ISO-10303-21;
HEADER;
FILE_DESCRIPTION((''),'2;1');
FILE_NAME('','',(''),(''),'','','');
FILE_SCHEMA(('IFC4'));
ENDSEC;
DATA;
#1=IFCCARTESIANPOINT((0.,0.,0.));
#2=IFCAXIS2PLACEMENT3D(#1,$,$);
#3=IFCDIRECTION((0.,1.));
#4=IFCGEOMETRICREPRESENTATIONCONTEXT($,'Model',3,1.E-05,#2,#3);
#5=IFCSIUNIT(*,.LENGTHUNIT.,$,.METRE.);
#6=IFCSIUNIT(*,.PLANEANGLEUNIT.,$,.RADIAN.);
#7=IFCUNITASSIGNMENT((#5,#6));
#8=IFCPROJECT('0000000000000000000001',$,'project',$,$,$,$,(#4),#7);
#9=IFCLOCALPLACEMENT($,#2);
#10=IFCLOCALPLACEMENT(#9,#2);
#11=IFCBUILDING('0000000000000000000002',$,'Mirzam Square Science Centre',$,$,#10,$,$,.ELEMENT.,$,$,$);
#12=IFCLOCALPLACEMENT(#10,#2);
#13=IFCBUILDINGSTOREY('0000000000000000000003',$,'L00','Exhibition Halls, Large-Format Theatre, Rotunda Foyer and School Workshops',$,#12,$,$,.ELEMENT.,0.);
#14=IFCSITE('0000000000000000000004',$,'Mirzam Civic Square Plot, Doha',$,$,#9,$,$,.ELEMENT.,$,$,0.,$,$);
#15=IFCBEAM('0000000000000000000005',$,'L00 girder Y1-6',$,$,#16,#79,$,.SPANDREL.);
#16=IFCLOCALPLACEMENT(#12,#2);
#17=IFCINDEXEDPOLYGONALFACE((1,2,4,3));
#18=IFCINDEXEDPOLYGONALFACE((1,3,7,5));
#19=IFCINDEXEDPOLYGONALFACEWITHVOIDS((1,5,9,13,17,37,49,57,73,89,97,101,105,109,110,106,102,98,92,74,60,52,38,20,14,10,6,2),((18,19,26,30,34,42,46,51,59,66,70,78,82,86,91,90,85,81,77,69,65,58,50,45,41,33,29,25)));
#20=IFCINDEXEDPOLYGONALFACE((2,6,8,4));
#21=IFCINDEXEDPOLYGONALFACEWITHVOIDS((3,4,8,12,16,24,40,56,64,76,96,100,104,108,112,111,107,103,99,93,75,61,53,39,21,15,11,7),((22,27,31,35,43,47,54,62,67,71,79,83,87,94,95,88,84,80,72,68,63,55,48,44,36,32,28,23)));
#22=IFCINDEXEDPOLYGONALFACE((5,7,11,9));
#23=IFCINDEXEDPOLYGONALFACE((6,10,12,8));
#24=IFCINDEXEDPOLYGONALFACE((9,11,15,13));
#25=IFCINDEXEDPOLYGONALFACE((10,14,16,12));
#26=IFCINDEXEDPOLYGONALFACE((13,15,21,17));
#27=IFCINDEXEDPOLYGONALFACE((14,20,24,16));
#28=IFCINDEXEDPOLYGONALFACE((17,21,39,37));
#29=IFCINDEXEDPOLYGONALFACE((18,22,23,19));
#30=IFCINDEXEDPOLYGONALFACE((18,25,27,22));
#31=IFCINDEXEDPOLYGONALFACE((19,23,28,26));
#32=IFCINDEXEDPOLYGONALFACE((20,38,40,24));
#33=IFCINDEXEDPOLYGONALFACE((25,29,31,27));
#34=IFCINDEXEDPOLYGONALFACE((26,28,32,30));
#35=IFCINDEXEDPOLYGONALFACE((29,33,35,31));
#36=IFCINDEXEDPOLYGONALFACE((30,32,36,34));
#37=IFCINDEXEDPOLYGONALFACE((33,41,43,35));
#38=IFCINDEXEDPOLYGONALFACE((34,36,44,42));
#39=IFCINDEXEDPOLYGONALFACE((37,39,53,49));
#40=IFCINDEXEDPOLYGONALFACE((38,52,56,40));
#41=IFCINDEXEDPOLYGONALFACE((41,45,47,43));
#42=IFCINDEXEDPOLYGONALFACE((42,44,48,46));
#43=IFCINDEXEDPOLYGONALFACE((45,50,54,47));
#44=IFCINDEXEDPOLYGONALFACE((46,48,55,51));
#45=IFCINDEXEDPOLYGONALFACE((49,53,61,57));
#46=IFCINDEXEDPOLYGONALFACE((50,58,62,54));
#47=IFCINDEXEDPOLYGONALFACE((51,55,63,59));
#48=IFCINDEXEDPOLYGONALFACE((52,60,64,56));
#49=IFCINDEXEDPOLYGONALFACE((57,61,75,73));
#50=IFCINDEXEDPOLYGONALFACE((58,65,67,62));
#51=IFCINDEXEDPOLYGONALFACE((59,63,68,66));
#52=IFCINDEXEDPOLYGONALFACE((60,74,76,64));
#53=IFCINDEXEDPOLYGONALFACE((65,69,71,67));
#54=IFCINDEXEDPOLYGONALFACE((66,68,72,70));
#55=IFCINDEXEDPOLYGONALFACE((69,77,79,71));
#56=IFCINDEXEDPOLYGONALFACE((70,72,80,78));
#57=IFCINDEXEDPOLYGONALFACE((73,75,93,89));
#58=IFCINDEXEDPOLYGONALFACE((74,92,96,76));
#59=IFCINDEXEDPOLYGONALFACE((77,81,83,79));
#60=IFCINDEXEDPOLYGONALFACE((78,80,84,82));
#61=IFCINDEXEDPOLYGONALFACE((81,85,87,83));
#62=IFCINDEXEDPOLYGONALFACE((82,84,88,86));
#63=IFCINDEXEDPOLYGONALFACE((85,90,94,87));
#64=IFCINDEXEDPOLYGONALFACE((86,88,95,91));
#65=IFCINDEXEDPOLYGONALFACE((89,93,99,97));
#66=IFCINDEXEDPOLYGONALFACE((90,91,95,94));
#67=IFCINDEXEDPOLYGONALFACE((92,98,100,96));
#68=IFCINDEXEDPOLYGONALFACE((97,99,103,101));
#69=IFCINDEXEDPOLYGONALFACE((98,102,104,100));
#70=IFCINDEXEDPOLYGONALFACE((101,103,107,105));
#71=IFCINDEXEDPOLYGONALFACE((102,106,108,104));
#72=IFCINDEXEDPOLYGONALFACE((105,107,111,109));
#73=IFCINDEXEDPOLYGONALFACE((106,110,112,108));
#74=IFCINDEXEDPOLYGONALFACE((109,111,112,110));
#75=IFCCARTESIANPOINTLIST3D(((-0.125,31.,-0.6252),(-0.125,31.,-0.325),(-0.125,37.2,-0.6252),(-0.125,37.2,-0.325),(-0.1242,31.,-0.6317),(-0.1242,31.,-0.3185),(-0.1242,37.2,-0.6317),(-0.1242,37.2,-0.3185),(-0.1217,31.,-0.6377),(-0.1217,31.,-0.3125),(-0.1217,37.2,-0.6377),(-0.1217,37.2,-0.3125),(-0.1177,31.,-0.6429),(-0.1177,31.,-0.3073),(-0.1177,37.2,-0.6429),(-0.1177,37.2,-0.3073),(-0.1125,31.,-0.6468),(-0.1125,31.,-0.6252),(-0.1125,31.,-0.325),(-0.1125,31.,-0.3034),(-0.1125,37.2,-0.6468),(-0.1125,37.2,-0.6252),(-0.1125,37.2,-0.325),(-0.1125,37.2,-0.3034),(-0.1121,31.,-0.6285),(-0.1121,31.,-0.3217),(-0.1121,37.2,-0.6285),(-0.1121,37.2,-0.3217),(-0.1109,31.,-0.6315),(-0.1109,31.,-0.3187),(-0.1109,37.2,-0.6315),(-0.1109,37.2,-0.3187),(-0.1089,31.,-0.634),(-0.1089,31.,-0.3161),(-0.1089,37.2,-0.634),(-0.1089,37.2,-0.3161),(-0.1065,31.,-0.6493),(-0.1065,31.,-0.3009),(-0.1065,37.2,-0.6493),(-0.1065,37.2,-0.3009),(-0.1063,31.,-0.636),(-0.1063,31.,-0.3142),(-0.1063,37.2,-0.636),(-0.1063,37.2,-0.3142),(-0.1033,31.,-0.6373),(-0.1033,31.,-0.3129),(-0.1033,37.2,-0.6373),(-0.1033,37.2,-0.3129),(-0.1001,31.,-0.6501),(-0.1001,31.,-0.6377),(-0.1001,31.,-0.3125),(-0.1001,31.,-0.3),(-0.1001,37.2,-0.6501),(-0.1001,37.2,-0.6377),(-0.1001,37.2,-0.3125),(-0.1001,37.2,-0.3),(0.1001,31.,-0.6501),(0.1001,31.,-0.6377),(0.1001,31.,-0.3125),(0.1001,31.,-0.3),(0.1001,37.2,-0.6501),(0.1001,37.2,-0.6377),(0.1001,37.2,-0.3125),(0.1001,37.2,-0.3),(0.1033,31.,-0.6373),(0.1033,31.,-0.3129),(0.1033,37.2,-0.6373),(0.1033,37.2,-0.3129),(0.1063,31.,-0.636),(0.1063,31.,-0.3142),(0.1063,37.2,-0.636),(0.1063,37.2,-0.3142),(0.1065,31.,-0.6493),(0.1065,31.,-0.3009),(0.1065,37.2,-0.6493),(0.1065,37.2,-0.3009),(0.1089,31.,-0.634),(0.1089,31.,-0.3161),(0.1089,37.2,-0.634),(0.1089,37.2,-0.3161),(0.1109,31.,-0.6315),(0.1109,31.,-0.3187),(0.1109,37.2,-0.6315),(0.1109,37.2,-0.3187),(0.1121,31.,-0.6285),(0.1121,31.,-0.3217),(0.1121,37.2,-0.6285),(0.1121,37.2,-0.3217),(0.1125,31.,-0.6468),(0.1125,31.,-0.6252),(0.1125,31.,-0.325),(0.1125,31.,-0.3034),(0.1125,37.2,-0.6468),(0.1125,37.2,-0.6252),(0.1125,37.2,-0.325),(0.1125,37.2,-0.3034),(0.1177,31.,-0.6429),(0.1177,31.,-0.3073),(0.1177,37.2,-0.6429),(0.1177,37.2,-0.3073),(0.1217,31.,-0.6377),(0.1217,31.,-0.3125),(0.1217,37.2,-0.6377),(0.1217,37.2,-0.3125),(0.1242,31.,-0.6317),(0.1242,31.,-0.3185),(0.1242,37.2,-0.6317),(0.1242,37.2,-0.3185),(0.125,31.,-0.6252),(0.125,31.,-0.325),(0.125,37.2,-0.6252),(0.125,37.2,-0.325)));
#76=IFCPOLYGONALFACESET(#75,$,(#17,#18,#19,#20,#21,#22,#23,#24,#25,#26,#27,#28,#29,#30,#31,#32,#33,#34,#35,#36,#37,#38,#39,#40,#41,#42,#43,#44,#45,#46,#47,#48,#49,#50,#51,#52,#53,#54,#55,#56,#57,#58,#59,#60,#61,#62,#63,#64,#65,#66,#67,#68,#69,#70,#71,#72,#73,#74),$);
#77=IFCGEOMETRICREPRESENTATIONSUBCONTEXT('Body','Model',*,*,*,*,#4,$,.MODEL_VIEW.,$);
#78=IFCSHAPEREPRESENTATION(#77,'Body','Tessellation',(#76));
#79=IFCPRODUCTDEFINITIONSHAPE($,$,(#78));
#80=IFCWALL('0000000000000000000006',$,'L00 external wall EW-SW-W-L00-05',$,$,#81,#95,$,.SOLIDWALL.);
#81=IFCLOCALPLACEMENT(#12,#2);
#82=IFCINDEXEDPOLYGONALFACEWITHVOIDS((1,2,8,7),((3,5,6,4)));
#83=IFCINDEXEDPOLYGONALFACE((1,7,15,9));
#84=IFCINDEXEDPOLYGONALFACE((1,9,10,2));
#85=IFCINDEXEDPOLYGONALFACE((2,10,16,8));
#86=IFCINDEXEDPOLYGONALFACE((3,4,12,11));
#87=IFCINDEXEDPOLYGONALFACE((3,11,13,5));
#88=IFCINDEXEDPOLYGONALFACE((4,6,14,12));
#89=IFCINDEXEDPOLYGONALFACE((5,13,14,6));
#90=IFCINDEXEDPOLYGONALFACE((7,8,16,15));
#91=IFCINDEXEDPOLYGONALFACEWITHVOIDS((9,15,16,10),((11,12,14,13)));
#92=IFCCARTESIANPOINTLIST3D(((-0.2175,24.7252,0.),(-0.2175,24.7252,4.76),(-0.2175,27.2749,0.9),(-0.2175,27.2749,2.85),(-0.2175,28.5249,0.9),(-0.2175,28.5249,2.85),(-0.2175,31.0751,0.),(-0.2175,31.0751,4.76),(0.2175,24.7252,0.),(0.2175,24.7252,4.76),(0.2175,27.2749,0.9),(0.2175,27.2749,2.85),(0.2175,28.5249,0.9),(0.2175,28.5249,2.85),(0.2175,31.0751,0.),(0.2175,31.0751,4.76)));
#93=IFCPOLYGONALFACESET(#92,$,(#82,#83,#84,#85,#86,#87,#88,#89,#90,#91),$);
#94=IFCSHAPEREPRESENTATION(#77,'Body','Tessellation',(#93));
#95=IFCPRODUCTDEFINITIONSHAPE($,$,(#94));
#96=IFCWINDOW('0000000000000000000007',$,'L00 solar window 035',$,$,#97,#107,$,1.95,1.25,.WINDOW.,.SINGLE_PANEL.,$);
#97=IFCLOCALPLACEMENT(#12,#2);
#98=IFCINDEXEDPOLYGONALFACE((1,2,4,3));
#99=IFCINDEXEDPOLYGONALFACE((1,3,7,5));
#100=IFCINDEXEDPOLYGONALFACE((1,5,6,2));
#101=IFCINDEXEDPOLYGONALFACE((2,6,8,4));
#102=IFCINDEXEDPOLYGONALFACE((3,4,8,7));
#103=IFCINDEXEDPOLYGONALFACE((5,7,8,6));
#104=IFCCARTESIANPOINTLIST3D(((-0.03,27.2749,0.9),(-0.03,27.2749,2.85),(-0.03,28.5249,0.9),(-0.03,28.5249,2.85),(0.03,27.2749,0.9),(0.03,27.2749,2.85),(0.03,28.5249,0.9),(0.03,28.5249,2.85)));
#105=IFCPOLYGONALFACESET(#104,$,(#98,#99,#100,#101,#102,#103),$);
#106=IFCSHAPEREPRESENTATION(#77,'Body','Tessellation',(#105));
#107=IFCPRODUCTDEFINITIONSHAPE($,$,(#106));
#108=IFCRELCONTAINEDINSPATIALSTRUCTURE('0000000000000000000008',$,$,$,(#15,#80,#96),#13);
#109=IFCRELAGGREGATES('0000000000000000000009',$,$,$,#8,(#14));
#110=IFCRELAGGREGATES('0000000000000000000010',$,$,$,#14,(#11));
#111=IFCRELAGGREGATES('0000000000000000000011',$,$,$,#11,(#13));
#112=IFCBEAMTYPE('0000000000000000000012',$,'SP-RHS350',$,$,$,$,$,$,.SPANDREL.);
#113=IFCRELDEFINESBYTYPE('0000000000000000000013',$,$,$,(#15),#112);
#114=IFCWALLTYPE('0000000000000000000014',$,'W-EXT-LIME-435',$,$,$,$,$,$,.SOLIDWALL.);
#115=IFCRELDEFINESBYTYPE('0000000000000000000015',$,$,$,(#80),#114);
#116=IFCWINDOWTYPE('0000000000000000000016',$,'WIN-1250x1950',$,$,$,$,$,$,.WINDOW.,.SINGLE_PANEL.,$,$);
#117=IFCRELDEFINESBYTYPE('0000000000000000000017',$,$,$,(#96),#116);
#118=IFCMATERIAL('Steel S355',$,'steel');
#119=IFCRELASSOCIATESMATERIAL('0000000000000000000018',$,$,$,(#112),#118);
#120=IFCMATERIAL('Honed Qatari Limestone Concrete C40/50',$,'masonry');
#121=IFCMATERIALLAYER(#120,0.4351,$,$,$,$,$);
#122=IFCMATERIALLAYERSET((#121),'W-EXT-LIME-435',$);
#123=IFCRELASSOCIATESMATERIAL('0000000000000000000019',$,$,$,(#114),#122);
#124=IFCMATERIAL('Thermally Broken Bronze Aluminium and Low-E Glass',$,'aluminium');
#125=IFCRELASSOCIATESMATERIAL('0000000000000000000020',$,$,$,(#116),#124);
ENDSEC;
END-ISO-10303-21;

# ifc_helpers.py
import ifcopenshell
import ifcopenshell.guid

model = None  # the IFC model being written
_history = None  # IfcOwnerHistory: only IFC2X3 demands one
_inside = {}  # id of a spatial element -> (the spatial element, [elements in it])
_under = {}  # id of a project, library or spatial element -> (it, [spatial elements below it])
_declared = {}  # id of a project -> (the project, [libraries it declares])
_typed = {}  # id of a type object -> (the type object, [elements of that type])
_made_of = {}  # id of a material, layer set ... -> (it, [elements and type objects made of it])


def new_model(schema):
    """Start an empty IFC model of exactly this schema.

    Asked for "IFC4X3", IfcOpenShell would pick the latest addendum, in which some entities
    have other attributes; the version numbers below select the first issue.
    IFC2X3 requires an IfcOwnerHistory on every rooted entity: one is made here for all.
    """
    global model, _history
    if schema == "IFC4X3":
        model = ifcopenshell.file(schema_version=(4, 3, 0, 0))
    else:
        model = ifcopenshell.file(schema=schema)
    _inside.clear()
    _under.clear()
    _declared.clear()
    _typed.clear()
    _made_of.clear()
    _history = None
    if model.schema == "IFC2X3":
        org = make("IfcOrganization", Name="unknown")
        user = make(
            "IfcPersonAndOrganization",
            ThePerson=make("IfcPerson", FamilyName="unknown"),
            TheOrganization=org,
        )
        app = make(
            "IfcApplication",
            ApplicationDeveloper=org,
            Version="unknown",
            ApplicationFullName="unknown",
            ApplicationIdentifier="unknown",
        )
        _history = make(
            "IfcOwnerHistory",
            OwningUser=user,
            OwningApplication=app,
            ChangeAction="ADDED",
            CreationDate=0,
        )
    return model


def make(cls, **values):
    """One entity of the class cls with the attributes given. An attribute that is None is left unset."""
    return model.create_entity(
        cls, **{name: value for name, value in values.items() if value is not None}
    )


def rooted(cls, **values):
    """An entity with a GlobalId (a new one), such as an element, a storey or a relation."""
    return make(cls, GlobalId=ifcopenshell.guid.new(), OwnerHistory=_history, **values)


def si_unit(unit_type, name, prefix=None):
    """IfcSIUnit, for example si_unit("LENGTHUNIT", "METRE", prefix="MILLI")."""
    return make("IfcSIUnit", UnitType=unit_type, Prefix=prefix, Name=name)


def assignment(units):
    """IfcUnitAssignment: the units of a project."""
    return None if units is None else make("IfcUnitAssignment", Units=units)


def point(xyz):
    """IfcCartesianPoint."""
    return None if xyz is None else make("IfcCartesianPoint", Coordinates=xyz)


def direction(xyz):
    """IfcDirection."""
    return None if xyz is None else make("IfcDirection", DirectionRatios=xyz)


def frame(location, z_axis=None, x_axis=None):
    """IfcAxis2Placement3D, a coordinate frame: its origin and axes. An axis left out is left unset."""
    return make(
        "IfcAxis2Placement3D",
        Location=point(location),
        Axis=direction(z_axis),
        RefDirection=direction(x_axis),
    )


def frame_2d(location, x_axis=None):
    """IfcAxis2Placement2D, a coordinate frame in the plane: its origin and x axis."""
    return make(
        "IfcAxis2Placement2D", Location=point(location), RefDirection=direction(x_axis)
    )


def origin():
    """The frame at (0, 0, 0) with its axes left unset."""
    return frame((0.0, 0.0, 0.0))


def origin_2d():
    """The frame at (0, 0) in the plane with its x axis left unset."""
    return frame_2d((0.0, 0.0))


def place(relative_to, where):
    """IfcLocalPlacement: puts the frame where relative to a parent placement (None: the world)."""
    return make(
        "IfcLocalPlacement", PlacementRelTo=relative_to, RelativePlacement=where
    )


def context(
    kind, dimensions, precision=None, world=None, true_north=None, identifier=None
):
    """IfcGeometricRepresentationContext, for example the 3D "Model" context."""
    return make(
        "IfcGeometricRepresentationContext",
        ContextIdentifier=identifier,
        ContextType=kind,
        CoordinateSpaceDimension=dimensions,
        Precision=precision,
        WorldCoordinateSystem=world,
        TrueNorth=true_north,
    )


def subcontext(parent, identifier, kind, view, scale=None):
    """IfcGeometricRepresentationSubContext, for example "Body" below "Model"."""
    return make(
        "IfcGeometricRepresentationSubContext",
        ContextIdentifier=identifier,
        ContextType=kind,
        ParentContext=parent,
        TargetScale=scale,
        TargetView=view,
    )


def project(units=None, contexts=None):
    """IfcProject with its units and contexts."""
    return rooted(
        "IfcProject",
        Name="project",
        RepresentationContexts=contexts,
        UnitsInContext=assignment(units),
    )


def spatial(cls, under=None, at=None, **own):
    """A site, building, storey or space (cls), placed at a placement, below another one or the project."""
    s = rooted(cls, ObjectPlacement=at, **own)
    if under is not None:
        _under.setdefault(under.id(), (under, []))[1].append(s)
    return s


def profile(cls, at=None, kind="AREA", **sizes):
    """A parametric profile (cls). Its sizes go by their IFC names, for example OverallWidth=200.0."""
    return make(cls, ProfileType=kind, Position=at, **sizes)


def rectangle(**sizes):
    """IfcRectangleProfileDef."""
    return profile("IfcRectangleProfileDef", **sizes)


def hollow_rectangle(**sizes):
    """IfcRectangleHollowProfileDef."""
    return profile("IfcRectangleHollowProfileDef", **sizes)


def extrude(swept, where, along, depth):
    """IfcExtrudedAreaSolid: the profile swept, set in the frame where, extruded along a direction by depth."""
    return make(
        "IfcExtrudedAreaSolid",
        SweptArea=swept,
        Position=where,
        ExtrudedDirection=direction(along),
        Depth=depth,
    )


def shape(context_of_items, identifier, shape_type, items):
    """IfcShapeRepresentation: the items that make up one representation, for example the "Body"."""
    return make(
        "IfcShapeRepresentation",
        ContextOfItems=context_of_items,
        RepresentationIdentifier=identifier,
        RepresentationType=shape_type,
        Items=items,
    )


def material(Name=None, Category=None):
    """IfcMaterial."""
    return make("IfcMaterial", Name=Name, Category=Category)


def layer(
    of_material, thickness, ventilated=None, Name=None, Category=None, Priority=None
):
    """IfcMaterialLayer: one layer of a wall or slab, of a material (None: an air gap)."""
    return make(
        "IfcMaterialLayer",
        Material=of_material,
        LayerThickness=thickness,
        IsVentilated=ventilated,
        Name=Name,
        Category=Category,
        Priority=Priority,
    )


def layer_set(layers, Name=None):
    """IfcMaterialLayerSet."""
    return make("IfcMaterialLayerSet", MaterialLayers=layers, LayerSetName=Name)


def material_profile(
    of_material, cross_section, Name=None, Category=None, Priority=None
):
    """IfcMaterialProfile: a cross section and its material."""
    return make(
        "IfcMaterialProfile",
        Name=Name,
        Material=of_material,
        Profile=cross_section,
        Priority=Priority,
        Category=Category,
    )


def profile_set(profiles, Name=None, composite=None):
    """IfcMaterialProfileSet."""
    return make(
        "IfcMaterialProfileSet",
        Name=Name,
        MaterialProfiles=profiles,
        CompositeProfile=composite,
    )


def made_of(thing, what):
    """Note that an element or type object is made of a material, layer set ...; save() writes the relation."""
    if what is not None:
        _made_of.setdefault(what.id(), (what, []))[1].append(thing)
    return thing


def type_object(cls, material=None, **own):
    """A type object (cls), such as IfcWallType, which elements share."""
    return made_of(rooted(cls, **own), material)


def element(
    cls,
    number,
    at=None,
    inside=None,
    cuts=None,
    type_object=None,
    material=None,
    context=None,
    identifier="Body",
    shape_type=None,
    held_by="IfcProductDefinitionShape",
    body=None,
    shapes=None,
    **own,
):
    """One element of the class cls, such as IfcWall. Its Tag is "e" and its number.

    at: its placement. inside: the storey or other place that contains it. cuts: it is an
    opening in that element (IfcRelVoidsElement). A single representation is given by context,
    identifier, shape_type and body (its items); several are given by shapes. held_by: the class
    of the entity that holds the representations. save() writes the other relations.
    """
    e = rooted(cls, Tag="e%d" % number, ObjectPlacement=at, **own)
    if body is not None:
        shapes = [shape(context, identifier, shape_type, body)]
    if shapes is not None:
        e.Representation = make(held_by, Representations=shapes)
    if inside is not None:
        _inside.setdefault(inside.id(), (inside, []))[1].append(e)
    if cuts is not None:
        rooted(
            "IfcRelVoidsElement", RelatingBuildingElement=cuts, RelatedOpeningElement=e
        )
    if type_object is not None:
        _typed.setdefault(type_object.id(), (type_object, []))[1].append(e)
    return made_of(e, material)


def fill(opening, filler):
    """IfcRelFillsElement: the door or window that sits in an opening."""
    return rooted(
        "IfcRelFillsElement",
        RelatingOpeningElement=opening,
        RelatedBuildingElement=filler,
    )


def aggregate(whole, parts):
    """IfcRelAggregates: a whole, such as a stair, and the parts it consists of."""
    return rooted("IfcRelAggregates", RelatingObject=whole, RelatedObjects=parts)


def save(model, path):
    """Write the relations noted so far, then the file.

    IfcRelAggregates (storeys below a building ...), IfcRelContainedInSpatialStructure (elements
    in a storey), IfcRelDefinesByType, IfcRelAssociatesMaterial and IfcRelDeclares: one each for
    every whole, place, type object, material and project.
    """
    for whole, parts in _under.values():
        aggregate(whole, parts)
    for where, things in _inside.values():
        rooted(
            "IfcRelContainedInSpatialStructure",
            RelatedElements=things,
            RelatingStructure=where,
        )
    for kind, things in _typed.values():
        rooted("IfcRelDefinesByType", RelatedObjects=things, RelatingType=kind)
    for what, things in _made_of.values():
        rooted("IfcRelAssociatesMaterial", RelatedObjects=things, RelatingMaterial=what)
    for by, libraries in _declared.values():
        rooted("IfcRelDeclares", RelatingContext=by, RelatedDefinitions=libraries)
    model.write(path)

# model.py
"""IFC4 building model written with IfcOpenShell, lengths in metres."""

from ifc_helpers import new_model, si_unit, direction, frame, frame_2d, origin, origin_2d, place, context, subcontext, project, spatial, rectangle, hollow_rectangle, extrude, material, layer, layer_set, material_profile, profile_set, type_object, element, fill, save


model = new_model("IFC4")

# Units and contexts
model_context = context("Model", 3, precision=1e-05, world=origin(), true_north=direction((0.0, 1.0)))
body_context = subcontext(model_context, "Body", "Model", "MODEL_VIEW")
ifc_project = project(units=[si_unit("LENGTHUNIT", "METRE"), si_unit("PLANEANGLEUNIT", "RADIAN")], contexts=[model_context])

# Site, building, storey
site_placement = place(None, origin())
site = spatial("IfcSite", under=ifc_project, at=site_placement, Name="Mirzam Civic Square Plot, Doha", CompositionType="ELEMENT", RefElevation=0.0)
building_placement = place(site_placement, origin())
building = spatial("IfcBuilding", under=site, at=building_placement, Name="Mirzam Square Science Centre", CompositionType="ELEMENT")
storey_placement = place(building_placement, origin())
storey = spatial("IfcBuildingStorey", under=building, at=storey_placement, Name="L00", Description="Exhibition Halls, Large-Format Theatre, Rotunda Foyer and School Workshops", CompositionType="ELEMENT", Elevation=0.0)

# Shared definitions
ifc_material_1 = material(Name="Steel S355", Category="steel")

# Beam
ifc_material_profile_1 = material_profile(ifc_material_1, hollow_rectangle(XDim=0.25, YDim=0.3501, WallThickness=0.0125, InnerFilletRadius=0.0125, OuterFilletRadius=0.0249, at=origin_2d()), Name="350x250x12.5RHS")
ifc_profile_set_1 = profile_set([ifc_material_profile_1], Name="Steel S355")
beam_type_1 = type_object("IfcBeamType", Name="SP-RHS350", PredefinedType="SPANDREL", material=ifc_profile_set_1)
for number, where, z_axis, x_axis, name in (
    (1, (0.0, 31.0, -0.4751), (0.0, 1.0, 0.0), (-1.0, 0.0, 0.0), "L00 girder Y1-6"),
):
    element("IfcBeam", number, at=place(storey_placement, frame(where, z_axis=z_axis, x_axis=x_axis)), inside=storey, type_object=beam_type_1, Name=name, PredefinedType="SPANDREL", context=body_context, shape_type="SweptSolid", body=[
        extrude(hollow_rectangle(XDim=0.25, YDim=0.3501, WallThickness=0.0125, InnerFilletRadius=0.0125, OuterFilletRadius=0.0249, at=origin_2d()), origin(), (0.0, 0.0, 1.0), 6.2),
    ])

# Shared definitions
ifc_material_2 = material(Name="Honed Qatari Limestone Concrete C40/50", Category="masonry")
ifc_layer_1 = layer(ifc_material_2, 0.4351)
ifc_layer_set_1 = layer_set([ifc_layer_1], Name="W-EXT-LIME-435")
wall_type = type_object("IfcWallType", Name="W-EXT-LIME-435", PredefinedType="SOLIDWALL", material=ifc_layer_set_1)

# Wall, opening, window
wall_1_placement = place(storey_placement, frame((0.0, 31.075, 0.0), z_axis=(0.0, 0.0, 1.0), x_axis=(0.0, -1.0, 0.0)))
wall_1 = element("IfcWall", 2, at=wall_1_placement, inside=storey, type_object=wall_type, Name="L00 external wall EW-SW-W-L00-05", PredefinedType="SOLIDWALL", context=body_context, shape_type="SweptSolid", body=[
    extrude(rectangle(XDim=6.3499, YDim=0.4351, at=frame_2d((3.1748, 0.0))), origin(), (0.0, 0.0, 1.0), 4.76),
])
opening_1_placement = place(wall_1_placement, frame((2.55, 0.0, 0.8999)))
opening_1 = element("IfcOpeningElement", 3, at=opening_1_placement, cuts=wall_1, PredefinedType="OPENING", context=body_context, shape_type="SweptSolid", body=[
    extrude(rectangle(XDim=1.25, YDim=1.95, at=frame_2d((0.625, 0.9751))), frame((0.0, 0.2275, 0.0), z_axis=(0.0, -1.0, 0.0), x_axis=(1.0, 0.0, 0.0)), (0.0, 0.0, 1.0), 0.4551),
])
ifc_material_3 = material(Name="Thermally Broken Bronze Aluminium and Low-E Glass", Category="aluminium")
window_type = type_object("IfcWindowType", Name="WIN-1250x1950", PartitioningType="SINGLE_PANEL", PredefinedType="WINDOW", material=ifc_material_3)
window_placement = place(opening_1_placement, origin())
window = element("IfcWindow", 4, at=window_placement, inside=storey, type_object=window_type, Name="L00 solar window 035", OverallHeight=1.95, OverallWidth=1.25, PartitioningType="SINGLE_PANEL", PredefinedType="WINDOW", context=body_context, shape_type="SweptSolid", body=[
    extrude(rectangle(XDim=1.25, YDim=1.95, at=frame_2d((0.625, 0.9751))), frame((0.0, 0.03, 0.0), z_axis=(0.0, -1.0, 0.0), x_axis=(1.0, 0.0, 0.0)), (0.0, 0.0, 1.0), 0.0601),
])
fill(opening_1, window)

save(model, "model.ifc")
